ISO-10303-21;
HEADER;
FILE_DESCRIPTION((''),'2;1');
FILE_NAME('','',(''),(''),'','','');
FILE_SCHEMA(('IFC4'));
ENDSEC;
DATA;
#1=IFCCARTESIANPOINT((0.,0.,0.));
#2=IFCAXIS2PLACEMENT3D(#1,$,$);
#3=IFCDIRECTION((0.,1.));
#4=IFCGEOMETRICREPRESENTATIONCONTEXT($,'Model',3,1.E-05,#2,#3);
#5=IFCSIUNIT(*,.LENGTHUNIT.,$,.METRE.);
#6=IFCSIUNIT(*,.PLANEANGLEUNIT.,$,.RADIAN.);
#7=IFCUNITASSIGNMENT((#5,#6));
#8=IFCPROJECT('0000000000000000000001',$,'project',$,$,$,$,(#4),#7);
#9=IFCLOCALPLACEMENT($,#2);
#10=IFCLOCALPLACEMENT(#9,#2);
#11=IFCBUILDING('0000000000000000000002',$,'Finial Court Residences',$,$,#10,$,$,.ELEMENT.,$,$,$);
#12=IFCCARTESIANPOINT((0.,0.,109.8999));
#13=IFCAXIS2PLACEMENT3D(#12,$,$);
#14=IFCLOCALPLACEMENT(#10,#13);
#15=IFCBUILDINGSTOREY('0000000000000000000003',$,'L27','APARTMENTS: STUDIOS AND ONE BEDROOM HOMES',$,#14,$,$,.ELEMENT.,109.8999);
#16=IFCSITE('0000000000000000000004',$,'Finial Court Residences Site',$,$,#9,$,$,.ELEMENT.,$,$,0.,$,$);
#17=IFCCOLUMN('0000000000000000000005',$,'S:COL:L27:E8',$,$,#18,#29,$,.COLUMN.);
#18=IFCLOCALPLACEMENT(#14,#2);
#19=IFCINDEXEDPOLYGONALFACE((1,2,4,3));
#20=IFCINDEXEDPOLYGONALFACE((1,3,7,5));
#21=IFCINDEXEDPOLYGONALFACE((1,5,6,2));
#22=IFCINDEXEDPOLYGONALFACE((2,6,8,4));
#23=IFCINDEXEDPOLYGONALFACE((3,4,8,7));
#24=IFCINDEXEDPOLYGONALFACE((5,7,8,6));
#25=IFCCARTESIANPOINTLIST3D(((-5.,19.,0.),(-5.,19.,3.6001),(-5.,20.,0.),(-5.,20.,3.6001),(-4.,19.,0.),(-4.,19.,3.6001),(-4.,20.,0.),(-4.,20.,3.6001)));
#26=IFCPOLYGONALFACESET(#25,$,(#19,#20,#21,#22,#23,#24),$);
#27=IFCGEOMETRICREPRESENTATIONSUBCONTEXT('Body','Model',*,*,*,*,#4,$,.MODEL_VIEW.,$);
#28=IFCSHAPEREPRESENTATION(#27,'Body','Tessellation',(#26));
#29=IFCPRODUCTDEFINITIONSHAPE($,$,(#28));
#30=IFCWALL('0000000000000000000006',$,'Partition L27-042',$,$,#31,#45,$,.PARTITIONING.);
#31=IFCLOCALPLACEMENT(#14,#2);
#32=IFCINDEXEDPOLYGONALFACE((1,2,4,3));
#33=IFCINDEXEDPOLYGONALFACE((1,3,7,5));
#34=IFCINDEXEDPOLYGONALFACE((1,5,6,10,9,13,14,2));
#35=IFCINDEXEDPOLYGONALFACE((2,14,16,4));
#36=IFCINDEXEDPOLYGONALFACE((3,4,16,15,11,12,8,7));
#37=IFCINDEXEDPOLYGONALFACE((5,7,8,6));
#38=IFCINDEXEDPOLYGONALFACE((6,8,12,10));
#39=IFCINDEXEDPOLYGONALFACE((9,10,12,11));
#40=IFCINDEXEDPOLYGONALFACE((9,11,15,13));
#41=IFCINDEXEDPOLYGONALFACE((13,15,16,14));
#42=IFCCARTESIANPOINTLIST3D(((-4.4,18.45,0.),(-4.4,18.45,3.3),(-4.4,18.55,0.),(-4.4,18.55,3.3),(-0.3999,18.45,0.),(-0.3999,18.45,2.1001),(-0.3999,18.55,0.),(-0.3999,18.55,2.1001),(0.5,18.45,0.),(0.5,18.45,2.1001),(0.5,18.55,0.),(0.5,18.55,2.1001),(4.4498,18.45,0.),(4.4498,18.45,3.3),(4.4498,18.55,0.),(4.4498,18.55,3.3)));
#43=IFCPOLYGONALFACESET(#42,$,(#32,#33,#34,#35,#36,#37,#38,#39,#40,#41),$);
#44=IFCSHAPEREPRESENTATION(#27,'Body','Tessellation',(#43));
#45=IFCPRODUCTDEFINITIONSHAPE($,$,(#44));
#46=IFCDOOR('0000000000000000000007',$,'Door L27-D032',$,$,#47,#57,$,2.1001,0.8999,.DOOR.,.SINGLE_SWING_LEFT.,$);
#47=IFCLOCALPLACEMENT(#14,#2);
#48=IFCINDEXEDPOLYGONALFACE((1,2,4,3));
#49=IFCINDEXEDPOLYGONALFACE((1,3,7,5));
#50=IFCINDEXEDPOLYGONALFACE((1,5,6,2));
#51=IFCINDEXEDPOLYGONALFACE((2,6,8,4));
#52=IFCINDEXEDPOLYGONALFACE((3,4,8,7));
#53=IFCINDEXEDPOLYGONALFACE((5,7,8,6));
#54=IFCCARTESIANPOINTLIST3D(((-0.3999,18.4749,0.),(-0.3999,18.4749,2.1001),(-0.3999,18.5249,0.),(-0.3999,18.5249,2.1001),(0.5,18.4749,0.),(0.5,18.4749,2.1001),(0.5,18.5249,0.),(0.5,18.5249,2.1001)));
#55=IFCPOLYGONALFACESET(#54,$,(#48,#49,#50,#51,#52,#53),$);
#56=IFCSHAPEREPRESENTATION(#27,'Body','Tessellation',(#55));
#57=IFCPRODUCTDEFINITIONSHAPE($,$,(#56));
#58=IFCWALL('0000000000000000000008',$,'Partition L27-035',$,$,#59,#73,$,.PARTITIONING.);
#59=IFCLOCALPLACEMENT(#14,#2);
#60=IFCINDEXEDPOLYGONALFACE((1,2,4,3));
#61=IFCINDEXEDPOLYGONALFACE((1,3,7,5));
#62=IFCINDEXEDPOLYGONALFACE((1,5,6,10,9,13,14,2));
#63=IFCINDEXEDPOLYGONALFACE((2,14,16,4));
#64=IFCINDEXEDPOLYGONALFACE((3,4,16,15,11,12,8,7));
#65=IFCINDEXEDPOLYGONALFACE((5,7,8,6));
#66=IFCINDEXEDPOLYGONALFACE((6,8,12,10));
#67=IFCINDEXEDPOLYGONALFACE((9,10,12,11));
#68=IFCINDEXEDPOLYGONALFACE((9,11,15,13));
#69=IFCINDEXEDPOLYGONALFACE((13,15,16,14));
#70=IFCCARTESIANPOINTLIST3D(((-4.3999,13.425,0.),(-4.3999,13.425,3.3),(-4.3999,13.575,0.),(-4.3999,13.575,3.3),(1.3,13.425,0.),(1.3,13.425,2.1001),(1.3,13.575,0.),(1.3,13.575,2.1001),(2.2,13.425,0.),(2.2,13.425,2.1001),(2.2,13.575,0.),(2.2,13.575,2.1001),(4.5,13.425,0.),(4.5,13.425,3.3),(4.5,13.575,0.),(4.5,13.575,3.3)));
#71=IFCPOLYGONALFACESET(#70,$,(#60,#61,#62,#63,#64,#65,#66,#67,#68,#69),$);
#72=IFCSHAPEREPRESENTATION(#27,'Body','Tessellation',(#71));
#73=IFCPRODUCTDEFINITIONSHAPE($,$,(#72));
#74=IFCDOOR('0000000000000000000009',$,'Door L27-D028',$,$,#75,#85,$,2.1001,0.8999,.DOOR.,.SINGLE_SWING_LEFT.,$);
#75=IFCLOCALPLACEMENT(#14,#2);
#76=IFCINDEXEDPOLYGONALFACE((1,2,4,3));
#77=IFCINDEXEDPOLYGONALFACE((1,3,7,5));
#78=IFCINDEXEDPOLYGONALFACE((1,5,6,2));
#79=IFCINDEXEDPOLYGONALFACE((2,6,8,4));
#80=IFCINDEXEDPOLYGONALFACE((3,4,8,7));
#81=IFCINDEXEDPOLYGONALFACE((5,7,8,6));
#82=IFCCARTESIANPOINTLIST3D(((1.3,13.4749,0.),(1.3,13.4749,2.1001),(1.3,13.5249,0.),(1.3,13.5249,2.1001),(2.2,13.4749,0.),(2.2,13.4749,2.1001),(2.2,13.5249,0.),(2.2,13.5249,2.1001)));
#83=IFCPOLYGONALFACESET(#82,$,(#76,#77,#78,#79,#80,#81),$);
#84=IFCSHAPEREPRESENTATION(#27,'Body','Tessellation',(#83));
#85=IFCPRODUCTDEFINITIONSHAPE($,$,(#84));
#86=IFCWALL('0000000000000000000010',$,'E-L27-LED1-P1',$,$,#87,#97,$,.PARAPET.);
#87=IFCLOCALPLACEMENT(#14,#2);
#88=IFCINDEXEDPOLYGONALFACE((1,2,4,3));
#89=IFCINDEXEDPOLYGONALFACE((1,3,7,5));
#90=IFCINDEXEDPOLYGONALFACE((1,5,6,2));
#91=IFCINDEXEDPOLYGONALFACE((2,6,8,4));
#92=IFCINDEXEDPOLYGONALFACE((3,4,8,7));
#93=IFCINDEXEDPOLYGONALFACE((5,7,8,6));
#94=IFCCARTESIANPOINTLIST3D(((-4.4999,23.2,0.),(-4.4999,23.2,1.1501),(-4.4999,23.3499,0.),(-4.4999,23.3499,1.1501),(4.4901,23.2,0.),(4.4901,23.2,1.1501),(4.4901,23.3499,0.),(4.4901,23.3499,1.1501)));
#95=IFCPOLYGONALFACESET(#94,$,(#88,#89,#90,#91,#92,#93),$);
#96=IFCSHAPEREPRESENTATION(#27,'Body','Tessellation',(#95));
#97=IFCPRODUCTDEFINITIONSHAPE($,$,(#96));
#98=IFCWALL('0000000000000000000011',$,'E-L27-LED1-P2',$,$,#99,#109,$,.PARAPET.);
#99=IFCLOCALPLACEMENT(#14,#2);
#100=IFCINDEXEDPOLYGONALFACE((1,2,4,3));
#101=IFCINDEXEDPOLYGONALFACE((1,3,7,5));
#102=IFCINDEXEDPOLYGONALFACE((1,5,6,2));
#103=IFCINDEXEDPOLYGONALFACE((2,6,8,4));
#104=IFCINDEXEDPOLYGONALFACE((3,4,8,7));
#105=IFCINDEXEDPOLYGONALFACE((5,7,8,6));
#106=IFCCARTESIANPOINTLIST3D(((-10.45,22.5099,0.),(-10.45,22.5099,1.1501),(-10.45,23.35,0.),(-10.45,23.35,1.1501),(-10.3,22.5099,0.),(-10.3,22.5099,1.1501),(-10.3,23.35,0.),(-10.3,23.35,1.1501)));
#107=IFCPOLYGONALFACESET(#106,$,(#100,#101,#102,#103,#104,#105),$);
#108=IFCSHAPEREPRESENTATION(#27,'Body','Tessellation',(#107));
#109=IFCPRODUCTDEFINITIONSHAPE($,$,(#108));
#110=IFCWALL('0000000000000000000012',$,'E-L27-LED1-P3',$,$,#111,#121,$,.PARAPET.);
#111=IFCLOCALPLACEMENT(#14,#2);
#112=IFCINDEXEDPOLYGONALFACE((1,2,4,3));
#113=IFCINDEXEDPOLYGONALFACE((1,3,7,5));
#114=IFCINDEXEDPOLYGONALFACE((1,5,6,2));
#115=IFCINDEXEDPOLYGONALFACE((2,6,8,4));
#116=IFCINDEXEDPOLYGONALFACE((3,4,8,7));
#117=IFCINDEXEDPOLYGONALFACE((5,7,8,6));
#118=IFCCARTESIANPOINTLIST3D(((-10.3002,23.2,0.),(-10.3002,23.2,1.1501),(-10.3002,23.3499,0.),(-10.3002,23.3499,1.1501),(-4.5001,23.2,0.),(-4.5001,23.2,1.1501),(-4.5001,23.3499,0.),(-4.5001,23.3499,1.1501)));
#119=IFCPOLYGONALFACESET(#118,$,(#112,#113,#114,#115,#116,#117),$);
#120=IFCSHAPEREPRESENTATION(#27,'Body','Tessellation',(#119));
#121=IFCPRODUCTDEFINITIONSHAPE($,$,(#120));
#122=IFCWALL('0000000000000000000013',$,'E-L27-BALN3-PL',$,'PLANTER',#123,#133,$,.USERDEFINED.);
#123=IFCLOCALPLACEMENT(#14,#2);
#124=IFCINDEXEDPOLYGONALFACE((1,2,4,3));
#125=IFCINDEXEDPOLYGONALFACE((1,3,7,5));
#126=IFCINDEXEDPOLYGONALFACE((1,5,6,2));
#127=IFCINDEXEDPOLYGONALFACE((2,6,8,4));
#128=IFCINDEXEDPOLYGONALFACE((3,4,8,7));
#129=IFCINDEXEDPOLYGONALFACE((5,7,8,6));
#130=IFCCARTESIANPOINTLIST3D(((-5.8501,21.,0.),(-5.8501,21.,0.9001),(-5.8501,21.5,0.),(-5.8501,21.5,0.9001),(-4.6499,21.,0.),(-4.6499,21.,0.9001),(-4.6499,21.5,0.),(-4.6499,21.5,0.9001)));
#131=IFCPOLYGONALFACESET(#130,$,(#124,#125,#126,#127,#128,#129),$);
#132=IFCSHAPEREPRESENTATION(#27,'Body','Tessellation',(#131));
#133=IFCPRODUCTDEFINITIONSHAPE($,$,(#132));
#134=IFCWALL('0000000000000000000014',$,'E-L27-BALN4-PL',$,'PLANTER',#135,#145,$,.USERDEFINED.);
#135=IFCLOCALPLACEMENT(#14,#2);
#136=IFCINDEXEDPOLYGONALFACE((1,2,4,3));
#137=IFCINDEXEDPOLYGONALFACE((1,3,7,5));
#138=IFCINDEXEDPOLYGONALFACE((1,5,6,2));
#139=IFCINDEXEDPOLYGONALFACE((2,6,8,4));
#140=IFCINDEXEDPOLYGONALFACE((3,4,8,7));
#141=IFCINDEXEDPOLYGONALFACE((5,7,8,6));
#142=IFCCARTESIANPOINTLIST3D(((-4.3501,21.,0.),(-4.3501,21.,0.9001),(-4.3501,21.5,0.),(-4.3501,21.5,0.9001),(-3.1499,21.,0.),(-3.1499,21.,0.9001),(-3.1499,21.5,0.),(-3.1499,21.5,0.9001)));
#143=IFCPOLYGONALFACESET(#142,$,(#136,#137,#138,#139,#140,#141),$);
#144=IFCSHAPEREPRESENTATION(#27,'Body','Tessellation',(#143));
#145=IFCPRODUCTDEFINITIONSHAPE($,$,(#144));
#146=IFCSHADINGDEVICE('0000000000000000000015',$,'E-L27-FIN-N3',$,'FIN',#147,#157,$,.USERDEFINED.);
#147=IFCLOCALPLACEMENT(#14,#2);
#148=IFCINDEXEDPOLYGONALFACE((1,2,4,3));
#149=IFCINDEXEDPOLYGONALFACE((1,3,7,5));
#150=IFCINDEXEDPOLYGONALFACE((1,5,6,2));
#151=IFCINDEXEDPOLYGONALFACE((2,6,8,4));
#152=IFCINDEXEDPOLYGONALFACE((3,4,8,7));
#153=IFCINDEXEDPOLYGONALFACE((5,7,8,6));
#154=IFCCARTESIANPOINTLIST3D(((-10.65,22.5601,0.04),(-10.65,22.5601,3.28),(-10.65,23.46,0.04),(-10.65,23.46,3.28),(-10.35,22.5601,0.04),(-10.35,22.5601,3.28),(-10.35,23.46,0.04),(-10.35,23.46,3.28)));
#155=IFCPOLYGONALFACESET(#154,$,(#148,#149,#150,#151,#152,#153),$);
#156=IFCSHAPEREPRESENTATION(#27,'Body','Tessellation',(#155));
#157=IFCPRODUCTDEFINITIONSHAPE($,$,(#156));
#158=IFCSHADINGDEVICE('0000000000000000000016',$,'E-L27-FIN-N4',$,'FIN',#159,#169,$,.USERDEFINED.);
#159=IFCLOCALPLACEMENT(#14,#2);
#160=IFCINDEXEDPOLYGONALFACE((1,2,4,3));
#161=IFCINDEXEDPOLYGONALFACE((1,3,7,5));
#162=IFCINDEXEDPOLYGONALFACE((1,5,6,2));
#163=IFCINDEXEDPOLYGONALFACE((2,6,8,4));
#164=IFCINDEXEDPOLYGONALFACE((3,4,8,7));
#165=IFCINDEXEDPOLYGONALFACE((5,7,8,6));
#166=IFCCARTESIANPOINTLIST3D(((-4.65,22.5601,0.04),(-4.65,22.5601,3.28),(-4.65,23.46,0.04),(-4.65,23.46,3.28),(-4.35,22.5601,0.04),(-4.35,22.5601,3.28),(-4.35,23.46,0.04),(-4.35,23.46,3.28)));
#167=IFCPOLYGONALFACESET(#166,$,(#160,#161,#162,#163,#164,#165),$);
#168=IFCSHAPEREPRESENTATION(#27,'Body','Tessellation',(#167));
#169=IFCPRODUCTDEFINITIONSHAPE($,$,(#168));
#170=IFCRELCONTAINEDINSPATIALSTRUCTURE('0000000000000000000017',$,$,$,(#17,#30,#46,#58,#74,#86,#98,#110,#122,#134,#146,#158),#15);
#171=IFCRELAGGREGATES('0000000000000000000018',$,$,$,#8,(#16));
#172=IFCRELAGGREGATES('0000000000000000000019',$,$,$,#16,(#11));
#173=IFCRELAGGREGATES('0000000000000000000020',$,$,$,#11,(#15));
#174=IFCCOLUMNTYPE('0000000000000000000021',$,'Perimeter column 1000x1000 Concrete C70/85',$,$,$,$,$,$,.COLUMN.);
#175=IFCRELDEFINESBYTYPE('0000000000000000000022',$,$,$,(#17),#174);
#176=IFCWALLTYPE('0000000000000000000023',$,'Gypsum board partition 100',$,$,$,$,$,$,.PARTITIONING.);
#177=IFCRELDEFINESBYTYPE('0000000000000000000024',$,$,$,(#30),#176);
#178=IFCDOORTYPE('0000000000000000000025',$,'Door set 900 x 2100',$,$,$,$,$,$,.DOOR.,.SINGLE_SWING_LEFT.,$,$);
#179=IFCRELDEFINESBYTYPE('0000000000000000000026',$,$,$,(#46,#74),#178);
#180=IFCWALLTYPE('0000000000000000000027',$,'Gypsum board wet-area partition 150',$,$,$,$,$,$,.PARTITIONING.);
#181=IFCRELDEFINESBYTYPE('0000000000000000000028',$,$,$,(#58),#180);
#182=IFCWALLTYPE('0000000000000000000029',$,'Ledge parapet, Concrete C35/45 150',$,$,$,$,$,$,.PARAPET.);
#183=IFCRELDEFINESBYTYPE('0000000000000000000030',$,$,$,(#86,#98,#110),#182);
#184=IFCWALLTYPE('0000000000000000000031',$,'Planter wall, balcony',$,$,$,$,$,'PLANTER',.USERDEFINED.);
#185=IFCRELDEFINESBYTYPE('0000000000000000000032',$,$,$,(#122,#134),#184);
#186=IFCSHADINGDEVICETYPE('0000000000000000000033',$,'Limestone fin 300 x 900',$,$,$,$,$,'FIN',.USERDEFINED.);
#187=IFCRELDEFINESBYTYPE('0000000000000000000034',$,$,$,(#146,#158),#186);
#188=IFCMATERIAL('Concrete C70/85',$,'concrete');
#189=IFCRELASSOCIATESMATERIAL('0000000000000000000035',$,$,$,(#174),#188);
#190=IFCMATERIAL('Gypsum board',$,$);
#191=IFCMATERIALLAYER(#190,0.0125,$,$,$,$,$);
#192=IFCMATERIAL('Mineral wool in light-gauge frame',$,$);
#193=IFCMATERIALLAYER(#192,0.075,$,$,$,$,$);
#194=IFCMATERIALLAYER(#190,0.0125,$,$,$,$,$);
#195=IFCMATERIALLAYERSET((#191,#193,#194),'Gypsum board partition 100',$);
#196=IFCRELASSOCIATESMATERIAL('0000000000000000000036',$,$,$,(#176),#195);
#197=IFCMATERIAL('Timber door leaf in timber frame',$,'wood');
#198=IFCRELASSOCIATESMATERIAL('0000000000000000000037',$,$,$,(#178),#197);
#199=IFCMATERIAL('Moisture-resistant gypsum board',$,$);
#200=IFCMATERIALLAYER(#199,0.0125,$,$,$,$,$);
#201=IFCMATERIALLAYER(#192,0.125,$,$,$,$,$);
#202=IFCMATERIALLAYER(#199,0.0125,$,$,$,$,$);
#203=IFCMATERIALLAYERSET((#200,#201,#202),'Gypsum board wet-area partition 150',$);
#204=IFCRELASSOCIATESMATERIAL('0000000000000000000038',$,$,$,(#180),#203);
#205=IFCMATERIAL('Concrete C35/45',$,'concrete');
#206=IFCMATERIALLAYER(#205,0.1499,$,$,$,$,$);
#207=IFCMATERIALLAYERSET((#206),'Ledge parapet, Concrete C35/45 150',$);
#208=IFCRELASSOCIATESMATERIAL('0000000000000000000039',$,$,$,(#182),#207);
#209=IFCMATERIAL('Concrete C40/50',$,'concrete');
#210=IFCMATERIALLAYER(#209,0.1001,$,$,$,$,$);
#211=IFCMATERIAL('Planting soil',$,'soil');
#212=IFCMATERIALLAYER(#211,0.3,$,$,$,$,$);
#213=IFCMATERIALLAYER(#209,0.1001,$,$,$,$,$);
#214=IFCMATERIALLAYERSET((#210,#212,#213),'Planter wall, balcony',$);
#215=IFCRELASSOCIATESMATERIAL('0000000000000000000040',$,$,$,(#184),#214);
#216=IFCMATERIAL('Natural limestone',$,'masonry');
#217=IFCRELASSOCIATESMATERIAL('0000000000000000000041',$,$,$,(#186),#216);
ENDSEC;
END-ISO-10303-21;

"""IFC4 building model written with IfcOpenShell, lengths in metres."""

from ifc_helpers import new_model, si_unit, direction, frame, frame_2d, origin, origin_2d, place, context, subcontext, project, spatial, rectangle, extrude, material, layer, layer_set, material_profile, profile_set, type_object, element, fill, save


model = new_model("IFC4")

# Units and contexts
model_context = context("Model", 3, precision=1e-05, world=origin(), true_north=direction((0.0, 1.0)))
body_context = subcontext(model_context, "Body", "Model", "MODEL_VIEW")
ifc_project = project(units=[si_unit("LENGTHUNIT", "METRE"), si_unit("PLANEANGLEUNIT", "RADIAN")], contexts=[model_context])

# Site, building, storey
site_placement = place(None, origin())
site = spatial("IfcSite", under=ifc_project, at=site_placement, Name="Finial Court Residences Site", CompositionType="ELEMENT", RefElevation=0.0)
building_placement = place(site_placement, origin())
building = spatial("IfcBuilding", under=site, at=building_placement, Name="Finial Court Residences", CompositionType="ELEMENT")
storey_placement = place(building_placement, frame((0.0, 0.0, 109.8999)))
storey = spatial("IfcBuildingStorey", under=building, at=storey_placement, Name="L27", Description="APARTMENTS: STUDIOS AND ONE BEDROOM HOMES", CompositionType="ELEMENT", Elevation=109.8999)

# Column
ifc_material_1 = material(Name="Concrete C70/85", Category="concrete")
ifc_material_profile = material_profile(ifc_material_1, rectangle(XDim=1.0, YDim=1.0, at=origin_2d()), Name="1000x1000")
ifc_profile_set = profile_set([ifc_material_profile], Name="Concrete C70/85")
column_type = type_object("IfcColumnType", Name="Perimeter column 1000x1000 Concrete C70/85", PredefinedType="COLUMN", material=ifc_profile_set)
column_placement = place(storey_placement, frame((-4.5, 19.5, 0.0), z_axis=(0.0, 0.0, 1.0), x_axis=(1.0, 0.0, 0.0)))
element("IfcColumn", 1, at=column_placement, inside=storey, type_object=column_type, Name="S:COL:L27:E8", PredefinedType="COLUMN", context=body_context, shape_type="SweptSolid", body=[
    extrude(rectangle(XDim=1.0, YDim=1.0, at=origin_2d()), origin(), (0.0, 0.0, 1.0), 3.6001),
])

# Walls, openings, doors
ifc_material_2 = material(Name="Gypsum board")
ifc_layer_1 = layer(ifc_material_2, 0.0125)
ifc_material_3 = material(Name="Mineral wool in light-gauge frame")
ifc_layer_2 = layer(ifc_material_3, 0.075)
ifc_layer_3 = layer(ifc_material_2, 0.0125)
ifc_layer_set_1 = layer_set([ifc_layer_1, ifc_layer_2, ifc_layer_3], Name="Gypsum board partition 100")
wall_type_1 = type_object("IfcWallType", Name="Gypsum board partition 100", PredefinedType="PARTITIONING", material=ifc_layer_set_1)
wall_1_placement = place(storey_placement, frame((-4.3999, 18.5, 0.0), z_axis=(0.0, 0.0, 1.0), x_axis=(1.0, 0.0, 0.0)))
wall_1 = element("IfcWall", 2, at=wall_1_placement, inside=storey, type_object=wall_type_1, Name="Partition L27-042", PredefinedType="PARTITIONING", context=body_context, shape_type="SweptSolid", body=[
    extrude(rectangle(XDim=8.8499, YDim=0.1001, at=frame_2d((4.4248, 0.0))), origin(), (0.0, 0.0, 1.0), 3.3),
])
opening_1_placement = place(wall_1_placement, frame((4.0, 0.0, 0.0)))
opening_1 = element("IfcOpeningElement", 3, at=opening_1_placement, cuts=wall_1, PredefinedType="OPENING", context=body_context, shape_type="SweptSolid", body=[
    extrude(rectangle(XDim=0.8999, YDim=2.1001, at=frame_2d((0.45, 1.05))), frame((0.0, 0.0601, 0.0), z_axis=(0.0, -1.0, 0.0), x_axis=(1.0, 0.0, 0.0)), (0.0, 0.0, 1.0), 0.1201),
])
ifc_material_4 = material(Name="Timber door leaf in timber frame", Category="wood")
door_type_1 = type_object("IfcDoorType", Name="Door set 900 x 2100", OperationType="SINGLE_SWING_LEFT", PredefinedType="DOOR", material=ifc_material_4)
door_1_placement = place(opening_1_placement, origin())
door_1 = element("IfcDoor", 4, at=door_1_placement, inside=storey, type_object=door_type_1, Name="Door L27-D032", OperationType="SINGLE_SWING_LEFT", OverallHeight=2.1001, OverallWidth=0.8999, PredefinedType="DOOR", context=body_context, shape_type="SweptSolid", body=[
    extrude(rectangle(XDim=0.8999, YDim=2.1001, at=frame_2d((0.45, 1.05))), frame((0.0, 0.0249, 0.0), z_axis=(0.0, -1.0, 0.0), x_axis=(1.0, 0.0, 0.0)), (0.0, 0.0, 1.0), 0.05),
])
fill(opening_1, door_1)
ifc_material_5 = material(Name="Moisture-resistant gypsum board")
ifc_layer_4 = layer(ifc_material_5, 0.0125)
ifc_layer_5 = layer(ifc_material_3, 0.125)
ifc_layer_6 = layer(ifc_material_5, 0.0125)
ifc_layer_set_2 = layer_set([ifc_layer_4, ifc_layer_5, ifc_layer_6], Name="Gypsum board wet-area partition 150")
wall_type_2 = type_object("IfcWallType", Name="Gypsum board wet-area partition 150", PredefinedType="PARTITIONING", material=ifc_layer_set_2)
wall_2_placement = place(storey_placement, frame((-4.3999, 13.5, 0.0), z_axis=(0.0, 0.0, 1.0), x_axis=(1.0, 0.0, 0.0)))
wall_2 = element("IfcWall", 5, at=wall_2_placement, inside=storey, type_object=wall_type_2, Name="Partition L27-035", PredefinedType="PARTITIONING", context=body_context, shape_type="SweptSolid", body=[
    extrude(rectangle(XDim=8.8999, YDim=0.1499, at=frame_2d((4.45, 0.0))), origin(), (0.0, 0.0, 1.0), 3.3),
])
opening_2_placement = place(wall_2_placement, frame((5.7, 0.0, 0.0)))
opening_2 = element("IfcOpeningElement", 6, at=opening_2_placement, cuts=wall_2, PredefinedType="OPENING", context=body_context, shape_type="SweptSolid", body=[
    extrude(rectangle(XDim=0.8999, YDim=2.1001, at=frame_2d((0.45, 1.05))), frame((0.0, 0.085, 0.0), z_axis=(0.0, -1.0, 0.0), x_axis=(1.0, 0.0, 0.0)), (0.0, 0.0, 1.0), 0.1699),
])
door_2_placement = place(opening_2_placement, origin())
door_2 = element("IfcDoor", 7, at=door_2_placement, inside=storey, type_object=door_type_1, Name="Door L27-D028", OperationType="SINGLE_SWING_LEFT", OverallHeight=2.1001, OverallWidth=0.8999, PredefinedType="DOOR", context=body_context, shape_type="SweptSolid", body=[
    extrude(rectangle(XDim=0.8999, YDim=2.1001, at=frame_2d((0.45, 1.05))), frame((0.0, 0.0249, 0.0), z_axis=(0.0, -1.0, 0.0), x_axis=(1.0, 0.0, 0.0)), (0.0, 0.0, 1.0), 0.05),
])
fill(opening_2, door_2)

# Walls
ifc_material_6 = material(Name="Concrete C35/45", Category="concrete")
ifc_layer_7 = layer(ifc_material_6, 0.1499)
ifc_layer_set_3 = layer_set([ifc_layer_7], Name="Ledge parapet, Concrete C35/45 150")
wall_type_3 = type_object("IfcWallType", Name="Ledge parapet, Concrete C35/45 150", PredefinedType="PARAPET", material=ifc_layer_set_3)
wall_3_placement = place(storey_placement, frame((-4.5, 23.2749, 0.0), z_axis=(0.0, 0.0, 1.0), x_axis=(1.0, 0.0, 0.0)))
element("IfcWall", 8, at=wall_3_placement, inside=storey, type_object=wall_type_3, Name="E-L27-LED1-P1", PredefinedType="PARAPET", context=body_context, shape_type="SweptSolid", body=[
    extrude(rectangle(XDim=8.99, YDim=0.1499, at=frame_2d((4.4951, 0.0))), origin(), (0.0, 0.0, 1.0), 1.1501),
])
wall_4_placement = place(storey_placement, frame((-10.375, 22.51, 0.0), z_axis=(0.0, 0.0, 1.0), x_axis=(0.0, 1.0, 0.0)))
element("IfcWall", 9, at=wall_4_placement, inside=storey, type_object=wall_type_3, Name="E-L27-LED1-P2", PredefinedType="PARAPET", context=body_context, shape_type="SweptSolid", body=[
    extrude(rectangle(XDim=0.8401, YDim=0.1499, at=frame_2d((0.4199, 0.0))), origin(), (0.0, 0.0, 1.0), 1.1501),
])
wall_5_placement = place(storey_placement, frame((-10.3, 23.2749, 0.0), z_axis=(0.0, 0.0, 1.0), x_axis=(1.0, 0.0, 0.0)))
element("IfcWall", 10, at=wall_5_placement, inside=storey, type_object=wall_type_3, Name="E-L27-LED1-P3", PredefinedType="PARAPET", context=body_context, shape_type="SweptSolid", body=[
    extrude(rectangle(XDim=5.8, YDim=0.1499, at=frame_2d((2.8999, 0.0))), origin(), (0.0, 0.0, 1.0), 1.1501),
])

# Shared definitions
ifc_material_7 = material(Name="Natural limestone", Category="masonry")

# Walls
ifc_material_8 = material(Name="Concrete C40/50", Category="concrete")
ifc_layer_8 = layer(ifc_material_8, 0.1001)
ifc_material_9 = material(Name="Planting soil", Category="soil")
ifc_layer_9 = layer(ifc_material_9, 0.3)
ifc_layer_10 = layer(ifc_material_8, 0.1001)
ifc_layer_set_4 = layer_set([ifc_layer_8, ifc_layer_9, ifc_layer_10], Name="Planter wall, balcony")
wall_type_4 = type_object("IfcWallType", Name="Planter wall, balcony", ElementType="PLANTER", PredefinedType="USERDEFINED", material=ifc_layer_set_4)
for number, where, z_axis, x_axis, name in (
    (11, (-5.8501, 21.25, 0.0), (0.0, 0.0, 1.0), (1.0, 0.0, 0.0), "E-L27-BALN3-PL"),
    (12, (-4.3501, 21.25, 0.0), (0.0, 0.0, 1.0), (1.0, 0.0, 0.0), "E-L27-BALN4-PL"),
):
    element("IfcWall", number, at=place(storey_placement, frame(where, z_axis=z_axis, x_axis=x_axis)), inside=storey, type_object=wall_type_4, Name=name, ObjectType="PLANTER", PredefinedType="USERDEFINED", context=body_context, shape_type="SweptSolid", body=[
        extrude(rectangle(XDim=1.2002, YDim=0.5, at=frame_2d((0.6001, 0.0))), origin(), (0.0, 0.0, 1.0), 0.9001),
    ])

# Shading devices
shading_device_type = type_object("IfcShadingDeviceType", Name="Limestone fin 300 x 900", ElementType="FIN", PredefinedType="USERDEFINED", material=ifc_material_7)
for number, where, z_axis, x_axis, name in (
    (13, (-10.5, 23.01, 0.04), (0.0, 0.0, 1.0), (1.0, 0.0, 0.0), "E-L27-FIN-N3"),
    (14, (-4.5, 23.01, 0.04), (0.0, 0.0, 1.0), (1.0, 0.0, 0.0), "E-L27-FIN-N4"),
):
    element("IfcShadingDevice", number, at=place(storey_placement, frame(where, z_axis=z_axis, x_axis=x_axis)), inside=storey, type_object=shading_device_type, Name=name, ObjectType="FIN", PredefinedType="USERDEFINED", context=body_context, shape_type="SweptSolid", body=[
        extrude(rectangle(XDim=0.3, YDim=0.8999, at=origin_2d()), origin(), (0.0, 0.0, 1.0), 3.24),
    ])

save(model, "model.ifc")
